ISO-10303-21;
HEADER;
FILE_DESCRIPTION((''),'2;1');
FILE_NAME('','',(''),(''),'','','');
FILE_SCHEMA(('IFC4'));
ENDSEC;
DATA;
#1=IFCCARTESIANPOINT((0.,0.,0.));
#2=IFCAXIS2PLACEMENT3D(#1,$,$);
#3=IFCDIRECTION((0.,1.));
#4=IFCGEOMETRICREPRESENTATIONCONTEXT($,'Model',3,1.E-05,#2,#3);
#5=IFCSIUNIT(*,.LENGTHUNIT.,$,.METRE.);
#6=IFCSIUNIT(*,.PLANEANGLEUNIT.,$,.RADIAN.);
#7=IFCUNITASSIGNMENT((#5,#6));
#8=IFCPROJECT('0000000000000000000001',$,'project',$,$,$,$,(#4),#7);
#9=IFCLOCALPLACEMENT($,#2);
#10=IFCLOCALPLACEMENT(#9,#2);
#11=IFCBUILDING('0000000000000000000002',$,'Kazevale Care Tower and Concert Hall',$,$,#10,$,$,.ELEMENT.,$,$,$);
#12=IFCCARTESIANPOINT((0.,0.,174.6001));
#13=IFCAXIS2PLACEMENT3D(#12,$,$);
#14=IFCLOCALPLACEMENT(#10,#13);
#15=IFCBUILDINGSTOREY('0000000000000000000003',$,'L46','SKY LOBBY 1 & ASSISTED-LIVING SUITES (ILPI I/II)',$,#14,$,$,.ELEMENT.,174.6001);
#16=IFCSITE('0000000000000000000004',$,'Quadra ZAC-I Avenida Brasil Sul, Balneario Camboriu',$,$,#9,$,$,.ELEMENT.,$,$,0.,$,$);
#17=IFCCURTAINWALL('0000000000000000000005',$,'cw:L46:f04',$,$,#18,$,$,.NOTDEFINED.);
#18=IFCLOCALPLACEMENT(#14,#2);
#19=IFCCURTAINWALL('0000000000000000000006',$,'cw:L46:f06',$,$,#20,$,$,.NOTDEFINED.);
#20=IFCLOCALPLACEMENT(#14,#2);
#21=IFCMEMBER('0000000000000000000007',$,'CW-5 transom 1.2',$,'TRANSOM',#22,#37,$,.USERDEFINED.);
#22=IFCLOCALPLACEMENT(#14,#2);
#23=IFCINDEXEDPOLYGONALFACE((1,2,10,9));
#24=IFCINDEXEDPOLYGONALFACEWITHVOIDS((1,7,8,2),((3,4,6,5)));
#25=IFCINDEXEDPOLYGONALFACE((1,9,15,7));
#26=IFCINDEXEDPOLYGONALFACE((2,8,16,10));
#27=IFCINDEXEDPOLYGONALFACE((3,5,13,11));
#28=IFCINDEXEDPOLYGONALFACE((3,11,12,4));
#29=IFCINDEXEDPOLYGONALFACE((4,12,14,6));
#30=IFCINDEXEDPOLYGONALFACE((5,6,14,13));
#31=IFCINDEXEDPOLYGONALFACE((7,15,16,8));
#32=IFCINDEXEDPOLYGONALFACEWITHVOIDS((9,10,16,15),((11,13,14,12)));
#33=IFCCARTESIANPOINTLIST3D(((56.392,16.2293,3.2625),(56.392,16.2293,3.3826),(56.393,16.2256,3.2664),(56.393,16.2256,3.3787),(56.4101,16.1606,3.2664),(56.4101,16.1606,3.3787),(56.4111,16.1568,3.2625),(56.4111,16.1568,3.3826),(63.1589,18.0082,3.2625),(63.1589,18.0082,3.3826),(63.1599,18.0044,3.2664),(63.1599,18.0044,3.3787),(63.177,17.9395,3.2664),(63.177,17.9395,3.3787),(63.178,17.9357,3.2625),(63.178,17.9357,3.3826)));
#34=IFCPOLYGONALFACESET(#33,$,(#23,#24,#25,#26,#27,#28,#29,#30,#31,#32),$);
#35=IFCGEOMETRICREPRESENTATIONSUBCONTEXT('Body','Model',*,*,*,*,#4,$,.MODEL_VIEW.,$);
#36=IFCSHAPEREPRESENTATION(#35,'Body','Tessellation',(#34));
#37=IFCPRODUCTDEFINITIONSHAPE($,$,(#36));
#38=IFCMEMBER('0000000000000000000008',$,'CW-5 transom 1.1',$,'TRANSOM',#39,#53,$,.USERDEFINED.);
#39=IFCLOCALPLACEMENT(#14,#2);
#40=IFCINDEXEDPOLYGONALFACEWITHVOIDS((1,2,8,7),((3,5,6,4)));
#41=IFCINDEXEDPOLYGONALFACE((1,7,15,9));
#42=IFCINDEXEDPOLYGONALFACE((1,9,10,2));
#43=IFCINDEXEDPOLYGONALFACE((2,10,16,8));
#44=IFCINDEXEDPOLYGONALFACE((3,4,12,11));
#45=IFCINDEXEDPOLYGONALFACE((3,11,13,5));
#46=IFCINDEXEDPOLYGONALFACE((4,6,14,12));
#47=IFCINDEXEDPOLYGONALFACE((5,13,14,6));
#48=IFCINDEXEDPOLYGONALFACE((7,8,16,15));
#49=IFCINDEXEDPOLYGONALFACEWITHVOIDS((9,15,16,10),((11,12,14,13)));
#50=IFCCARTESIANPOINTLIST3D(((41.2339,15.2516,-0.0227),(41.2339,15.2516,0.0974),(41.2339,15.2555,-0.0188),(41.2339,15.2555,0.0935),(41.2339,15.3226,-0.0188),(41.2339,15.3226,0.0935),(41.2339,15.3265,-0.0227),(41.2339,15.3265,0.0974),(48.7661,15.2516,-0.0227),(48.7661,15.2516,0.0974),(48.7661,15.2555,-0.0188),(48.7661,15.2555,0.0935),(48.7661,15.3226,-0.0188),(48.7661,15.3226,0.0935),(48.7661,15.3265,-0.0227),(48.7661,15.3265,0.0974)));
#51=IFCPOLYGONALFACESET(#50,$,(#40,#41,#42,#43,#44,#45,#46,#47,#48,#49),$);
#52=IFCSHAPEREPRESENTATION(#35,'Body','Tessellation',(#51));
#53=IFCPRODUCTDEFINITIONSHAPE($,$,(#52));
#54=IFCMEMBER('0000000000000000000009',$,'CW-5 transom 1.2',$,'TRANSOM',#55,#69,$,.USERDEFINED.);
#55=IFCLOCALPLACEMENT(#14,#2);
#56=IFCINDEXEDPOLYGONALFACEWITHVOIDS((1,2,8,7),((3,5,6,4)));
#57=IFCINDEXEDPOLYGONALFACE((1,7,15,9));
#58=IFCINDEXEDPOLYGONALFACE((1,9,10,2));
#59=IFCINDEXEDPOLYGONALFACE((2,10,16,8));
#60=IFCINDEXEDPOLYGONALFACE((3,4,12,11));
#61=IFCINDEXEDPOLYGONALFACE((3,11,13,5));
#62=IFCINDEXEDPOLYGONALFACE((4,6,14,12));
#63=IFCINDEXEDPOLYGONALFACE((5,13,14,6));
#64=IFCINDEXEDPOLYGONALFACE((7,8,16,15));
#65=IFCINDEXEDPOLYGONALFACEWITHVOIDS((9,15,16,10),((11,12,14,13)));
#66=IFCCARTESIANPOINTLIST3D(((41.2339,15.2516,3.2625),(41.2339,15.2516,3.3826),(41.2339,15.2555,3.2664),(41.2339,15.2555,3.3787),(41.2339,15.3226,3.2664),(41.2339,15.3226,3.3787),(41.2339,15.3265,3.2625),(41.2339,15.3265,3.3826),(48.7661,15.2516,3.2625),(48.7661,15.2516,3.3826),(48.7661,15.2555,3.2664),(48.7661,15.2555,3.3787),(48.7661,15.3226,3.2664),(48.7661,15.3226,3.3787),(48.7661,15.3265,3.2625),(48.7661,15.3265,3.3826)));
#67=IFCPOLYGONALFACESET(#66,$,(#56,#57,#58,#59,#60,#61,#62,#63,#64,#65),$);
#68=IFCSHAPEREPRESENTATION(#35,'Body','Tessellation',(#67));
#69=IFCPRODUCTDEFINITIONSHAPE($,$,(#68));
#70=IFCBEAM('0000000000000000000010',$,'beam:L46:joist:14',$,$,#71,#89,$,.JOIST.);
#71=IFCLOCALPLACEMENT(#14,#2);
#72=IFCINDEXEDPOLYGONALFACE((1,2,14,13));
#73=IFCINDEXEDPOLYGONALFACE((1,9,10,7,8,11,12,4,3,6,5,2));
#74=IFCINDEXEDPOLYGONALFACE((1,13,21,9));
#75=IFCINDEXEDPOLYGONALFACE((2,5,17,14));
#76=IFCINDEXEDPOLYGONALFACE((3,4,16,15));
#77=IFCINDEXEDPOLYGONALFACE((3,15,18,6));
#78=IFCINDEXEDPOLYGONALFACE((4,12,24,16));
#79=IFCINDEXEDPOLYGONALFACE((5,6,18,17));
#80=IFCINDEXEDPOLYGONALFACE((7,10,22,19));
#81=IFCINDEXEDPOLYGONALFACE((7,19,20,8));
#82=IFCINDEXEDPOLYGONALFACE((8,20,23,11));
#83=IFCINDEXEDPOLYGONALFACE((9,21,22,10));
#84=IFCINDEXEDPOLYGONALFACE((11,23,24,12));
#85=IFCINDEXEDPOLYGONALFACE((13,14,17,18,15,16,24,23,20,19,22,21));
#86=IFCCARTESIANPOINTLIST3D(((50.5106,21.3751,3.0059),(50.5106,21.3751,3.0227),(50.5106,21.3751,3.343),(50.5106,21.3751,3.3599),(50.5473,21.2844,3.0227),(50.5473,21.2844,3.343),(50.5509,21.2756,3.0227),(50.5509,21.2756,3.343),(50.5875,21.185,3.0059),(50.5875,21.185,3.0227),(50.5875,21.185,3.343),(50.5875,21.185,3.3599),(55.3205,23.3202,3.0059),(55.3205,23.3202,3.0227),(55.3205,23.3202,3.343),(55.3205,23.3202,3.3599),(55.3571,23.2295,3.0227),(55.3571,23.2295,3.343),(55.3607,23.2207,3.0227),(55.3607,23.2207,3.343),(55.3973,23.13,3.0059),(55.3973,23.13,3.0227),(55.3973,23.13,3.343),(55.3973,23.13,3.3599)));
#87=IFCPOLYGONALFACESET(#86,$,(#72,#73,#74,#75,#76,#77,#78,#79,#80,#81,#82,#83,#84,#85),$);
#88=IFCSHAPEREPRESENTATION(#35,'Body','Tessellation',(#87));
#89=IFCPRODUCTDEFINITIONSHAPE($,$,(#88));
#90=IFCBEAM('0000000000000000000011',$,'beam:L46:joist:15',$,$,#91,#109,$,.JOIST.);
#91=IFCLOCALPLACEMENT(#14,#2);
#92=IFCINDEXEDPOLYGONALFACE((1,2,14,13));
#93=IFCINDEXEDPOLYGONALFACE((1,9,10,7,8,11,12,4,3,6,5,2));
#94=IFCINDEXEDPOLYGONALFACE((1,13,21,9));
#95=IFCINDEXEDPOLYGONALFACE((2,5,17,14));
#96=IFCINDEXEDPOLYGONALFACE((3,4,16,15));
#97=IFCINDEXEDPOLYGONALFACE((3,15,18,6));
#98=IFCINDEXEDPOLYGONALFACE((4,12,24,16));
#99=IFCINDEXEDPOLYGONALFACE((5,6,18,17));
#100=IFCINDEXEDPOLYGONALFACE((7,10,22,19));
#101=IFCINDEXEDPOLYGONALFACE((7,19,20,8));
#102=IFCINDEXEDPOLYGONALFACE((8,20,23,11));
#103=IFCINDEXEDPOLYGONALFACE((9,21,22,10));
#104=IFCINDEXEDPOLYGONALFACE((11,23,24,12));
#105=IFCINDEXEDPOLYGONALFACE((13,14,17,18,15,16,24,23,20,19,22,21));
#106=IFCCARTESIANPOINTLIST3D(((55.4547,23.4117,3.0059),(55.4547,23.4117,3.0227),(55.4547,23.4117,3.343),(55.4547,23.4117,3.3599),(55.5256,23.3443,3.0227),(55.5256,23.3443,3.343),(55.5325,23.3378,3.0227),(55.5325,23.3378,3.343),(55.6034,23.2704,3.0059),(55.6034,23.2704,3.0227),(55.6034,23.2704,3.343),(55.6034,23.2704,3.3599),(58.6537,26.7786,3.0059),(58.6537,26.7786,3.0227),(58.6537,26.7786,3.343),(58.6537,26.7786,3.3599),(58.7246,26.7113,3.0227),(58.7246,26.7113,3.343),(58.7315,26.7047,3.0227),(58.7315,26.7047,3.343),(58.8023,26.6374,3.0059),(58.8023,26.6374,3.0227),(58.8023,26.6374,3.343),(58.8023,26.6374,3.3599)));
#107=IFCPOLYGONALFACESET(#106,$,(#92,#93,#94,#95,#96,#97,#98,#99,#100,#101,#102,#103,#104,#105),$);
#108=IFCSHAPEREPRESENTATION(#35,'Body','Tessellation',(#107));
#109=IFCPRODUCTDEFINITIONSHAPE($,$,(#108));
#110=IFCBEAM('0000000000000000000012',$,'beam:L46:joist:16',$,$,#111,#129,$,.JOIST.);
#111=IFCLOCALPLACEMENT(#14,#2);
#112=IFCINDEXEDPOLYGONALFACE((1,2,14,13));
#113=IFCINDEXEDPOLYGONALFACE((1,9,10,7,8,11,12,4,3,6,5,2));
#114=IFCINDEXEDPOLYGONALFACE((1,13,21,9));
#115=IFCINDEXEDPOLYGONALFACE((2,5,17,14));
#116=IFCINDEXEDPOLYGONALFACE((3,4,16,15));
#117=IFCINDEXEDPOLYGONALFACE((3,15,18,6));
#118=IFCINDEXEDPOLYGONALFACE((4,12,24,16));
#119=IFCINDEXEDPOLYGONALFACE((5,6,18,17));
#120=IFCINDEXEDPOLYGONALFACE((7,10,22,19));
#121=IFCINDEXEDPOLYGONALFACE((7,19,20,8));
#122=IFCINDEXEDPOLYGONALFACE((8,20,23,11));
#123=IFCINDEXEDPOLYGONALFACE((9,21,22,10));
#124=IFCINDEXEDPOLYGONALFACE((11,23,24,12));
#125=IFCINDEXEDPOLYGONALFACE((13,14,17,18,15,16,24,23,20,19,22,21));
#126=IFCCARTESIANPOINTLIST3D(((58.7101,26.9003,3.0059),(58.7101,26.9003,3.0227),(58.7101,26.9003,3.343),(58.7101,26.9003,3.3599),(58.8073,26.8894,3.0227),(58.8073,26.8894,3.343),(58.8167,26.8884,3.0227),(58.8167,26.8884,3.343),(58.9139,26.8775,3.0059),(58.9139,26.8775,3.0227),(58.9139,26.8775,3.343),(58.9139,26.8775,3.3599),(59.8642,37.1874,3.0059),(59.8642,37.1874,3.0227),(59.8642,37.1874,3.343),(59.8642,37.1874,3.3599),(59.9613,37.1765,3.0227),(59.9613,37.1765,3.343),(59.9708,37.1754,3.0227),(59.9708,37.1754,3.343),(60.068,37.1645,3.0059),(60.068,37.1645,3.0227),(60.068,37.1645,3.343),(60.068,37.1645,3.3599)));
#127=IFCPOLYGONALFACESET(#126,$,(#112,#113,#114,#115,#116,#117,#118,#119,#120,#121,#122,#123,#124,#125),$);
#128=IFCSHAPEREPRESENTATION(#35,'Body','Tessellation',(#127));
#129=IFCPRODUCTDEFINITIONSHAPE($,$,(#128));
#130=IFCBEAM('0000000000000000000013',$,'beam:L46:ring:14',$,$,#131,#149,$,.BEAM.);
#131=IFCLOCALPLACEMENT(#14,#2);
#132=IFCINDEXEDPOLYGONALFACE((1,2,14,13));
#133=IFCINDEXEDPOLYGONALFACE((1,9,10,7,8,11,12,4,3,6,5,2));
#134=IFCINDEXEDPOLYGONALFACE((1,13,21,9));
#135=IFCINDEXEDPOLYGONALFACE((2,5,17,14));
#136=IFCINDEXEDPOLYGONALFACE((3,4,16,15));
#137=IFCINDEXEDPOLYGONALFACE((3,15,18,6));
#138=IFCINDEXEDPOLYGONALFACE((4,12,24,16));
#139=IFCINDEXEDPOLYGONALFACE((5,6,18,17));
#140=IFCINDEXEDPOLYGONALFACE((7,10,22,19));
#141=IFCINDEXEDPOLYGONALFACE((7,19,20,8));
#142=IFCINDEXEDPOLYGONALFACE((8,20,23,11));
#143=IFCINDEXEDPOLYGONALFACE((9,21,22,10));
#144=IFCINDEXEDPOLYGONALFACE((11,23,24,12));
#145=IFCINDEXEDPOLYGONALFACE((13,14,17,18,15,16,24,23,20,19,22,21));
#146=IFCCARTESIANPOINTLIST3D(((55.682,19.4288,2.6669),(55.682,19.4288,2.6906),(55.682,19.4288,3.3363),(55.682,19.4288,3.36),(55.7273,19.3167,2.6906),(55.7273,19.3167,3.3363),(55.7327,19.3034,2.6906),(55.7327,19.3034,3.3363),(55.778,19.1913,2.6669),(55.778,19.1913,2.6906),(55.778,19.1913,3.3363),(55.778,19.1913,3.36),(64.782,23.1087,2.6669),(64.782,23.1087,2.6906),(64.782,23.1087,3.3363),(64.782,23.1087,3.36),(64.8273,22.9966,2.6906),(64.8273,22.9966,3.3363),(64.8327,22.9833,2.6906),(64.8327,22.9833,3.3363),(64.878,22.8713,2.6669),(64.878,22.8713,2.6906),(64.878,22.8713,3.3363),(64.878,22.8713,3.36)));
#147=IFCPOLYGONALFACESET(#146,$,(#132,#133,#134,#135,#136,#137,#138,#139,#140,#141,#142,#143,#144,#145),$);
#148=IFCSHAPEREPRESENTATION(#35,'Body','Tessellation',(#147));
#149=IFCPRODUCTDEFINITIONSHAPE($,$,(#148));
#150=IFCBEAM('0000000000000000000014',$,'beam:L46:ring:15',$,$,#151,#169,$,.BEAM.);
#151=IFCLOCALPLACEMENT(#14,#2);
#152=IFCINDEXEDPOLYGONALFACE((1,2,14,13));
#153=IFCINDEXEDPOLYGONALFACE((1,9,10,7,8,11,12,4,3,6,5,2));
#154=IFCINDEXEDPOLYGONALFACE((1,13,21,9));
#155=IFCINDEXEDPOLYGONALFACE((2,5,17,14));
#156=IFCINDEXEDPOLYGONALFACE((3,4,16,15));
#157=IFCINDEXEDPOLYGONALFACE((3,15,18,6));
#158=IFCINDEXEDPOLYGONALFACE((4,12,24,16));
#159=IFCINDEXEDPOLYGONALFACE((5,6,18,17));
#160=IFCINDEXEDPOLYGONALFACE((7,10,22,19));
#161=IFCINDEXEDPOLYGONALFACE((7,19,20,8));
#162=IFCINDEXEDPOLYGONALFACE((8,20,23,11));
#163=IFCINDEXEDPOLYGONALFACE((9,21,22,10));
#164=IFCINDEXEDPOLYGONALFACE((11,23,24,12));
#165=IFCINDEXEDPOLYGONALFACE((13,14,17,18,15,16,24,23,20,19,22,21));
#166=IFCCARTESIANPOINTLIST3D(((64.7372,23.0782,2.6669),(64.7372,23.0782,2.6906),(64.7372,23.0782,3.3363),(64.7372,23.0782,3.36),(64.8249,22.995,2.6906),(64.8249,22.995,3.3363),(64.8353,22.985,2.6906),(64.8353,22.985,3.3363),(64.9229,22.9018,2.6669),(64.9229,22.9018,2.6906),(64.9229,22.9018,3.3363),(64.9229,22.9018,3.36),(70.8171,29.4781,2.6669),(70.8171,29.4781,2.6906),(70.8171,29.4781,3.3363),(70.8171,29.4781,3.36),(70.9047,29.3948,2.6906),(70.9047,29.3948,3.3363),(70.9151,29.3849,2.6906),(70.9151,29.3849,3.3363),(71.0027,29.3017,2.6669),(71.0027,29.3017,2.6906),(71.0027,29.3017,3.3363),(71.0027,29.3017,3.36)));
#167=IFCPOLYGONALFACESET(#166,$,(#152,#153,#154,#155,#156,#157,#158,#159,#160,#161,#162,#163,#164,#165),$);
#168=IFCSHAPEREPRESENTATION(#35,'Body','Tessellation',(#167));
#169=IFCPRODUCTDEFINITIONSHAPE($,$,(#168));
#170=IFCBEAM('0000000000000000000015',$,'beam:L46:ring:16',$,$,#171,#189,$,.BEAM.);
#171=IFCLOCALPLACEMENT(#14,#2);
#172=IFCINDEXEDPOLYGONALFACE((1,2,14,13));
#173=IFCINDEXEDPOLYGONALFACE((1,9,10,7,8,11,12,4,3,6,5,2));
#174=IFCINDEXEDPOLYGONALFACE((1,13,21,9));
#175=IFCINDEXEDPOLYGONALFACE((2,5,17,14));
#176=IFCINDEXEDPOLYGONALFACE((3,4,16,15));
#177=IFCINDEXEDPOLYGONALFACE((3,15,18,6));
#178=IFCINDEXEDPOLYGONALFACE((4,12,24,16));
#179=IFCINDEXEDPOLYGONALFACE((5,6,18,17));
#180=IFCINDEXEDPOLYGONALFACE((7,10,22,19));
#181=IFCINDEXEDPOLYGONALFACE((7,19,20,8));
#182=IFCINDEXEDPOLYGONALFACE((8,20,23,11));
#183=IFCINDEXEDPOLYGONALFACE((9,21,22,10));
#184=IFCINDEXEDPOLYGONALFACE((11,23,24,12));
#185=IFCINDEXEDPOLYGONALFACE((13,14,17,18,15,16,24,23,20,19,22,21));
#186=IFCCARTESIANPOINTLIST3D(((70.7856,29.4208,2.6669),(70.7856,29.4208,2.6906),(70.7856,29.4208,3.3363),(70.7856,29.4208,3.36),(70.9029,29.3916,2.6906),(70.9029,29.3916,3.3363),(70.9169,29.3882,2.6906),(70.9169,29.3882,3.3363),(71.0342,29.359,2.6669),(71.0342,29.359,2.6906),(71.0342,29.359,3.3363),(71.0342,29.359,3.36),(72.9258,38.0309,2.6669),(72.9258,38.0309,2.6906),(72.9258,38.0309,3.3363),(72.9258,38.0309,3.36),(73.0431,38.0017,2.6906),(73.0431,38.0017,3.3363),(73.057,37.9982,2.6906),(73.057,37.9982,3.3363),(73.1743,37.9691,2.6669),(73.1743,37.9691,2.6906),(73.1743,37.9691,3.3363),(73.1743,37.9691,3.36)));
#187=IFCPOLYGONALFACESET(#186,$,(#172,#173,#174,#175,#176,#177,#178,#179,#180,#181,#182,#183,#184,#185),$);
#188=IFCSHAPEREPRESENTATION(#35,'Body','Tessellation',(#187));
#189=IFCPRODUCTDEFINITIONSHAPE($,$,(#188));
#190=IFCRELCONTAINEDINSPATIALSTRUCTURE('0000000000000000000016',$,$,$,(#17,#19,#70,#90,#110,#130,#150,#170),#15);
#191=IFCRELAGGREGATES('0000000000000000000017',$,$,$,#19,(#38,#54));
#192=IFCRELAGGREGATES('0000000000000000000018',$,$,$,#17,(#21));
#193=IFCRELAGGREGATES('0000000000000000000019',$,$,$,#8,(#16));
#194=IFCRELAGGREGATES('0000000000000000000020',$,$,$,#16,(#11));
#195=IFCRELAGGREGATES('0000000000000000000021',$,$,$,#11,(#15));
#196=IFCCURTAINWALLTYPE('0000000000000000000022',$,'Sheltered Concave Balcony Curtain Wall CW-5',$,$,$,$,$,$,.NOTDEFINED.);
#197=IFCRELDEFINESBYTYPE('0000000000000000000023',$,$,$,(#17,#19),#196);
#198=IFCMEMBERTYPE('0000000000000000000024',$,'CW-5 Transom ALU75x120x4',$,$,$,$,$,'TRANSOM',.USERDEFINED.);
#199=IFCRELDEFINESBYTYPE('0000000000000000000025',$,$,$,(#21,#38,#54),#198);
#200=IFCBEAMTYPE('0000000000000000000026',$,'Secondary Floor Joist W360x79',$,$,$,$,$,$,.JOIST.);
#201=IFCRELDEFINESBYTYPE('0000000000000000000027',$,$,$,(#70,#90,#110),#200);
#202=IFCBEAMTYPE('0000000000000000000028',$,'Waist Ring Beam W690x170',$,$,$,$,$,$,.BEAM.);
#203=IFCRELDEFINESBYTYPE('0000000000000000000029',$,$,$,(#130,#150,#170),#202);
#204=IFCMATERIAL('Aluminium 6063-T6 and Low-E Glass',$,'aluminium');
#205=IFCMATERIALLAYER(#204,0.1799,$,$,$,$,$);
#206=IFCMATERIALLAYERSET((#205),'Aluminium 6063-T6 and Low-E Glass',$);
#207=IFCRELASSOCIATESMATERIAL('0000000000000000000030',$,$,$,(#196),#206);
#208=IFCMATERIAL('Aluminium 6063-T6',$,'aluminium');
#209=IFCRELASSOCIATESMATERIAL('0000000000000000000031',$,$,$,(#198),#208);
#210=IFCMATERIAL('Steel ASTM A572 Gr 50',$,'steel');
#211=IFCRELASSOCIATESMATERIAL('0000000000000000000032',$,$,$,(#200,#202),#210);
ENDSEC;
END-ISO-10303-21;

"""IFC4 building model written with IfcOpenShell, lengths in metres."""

from ifc_helpers import new_model, si_unit, direction, frame, origin, origin_2d, place, context, subcontext, project, spatial, hollow_rectangle, i_section, extrude, material, layer, layer_set, material_profile, profile_set, type_object, element, aggregate, save


model = new_model("IFC4")

# Units and contexts
model_context = context("Model", 3, precision=1e-05, world=origin(), true_north=direction((0.0, 1.0)))
body_context = subcontext(model_context, "Body", "Model", "MODEL_VIEW")
ifc_project = project(units=[si_unit("LENGTHUNIT", "METRE"), si_unit("PLANEANGLEUNIT", "RADIAN")], contexts=[model_context])

# Site, building, storey
site_placement = place(None, origin())
site = spatial("IfcSite", under=ifc_project, at=site_placement, Name="Quadra ZAC-I Avenida Brasil Sul, Balneario Camboriu", CompositionType="ELEMENT", RefElevation=0.0)
building_placement = place(site_placement, origin())
building = spatial("IfcBuilding", under=site, at=building_placement, Name="Kazevale Care Tower and Concert Hall", CompositionType="ELEMENT")
storey_placement = place(building_placement, frame((0.0, 0.0, 174.6001)))
storey = spatial("IfcBuildingStorey", under=building, at=storey_placement, Name="L46", Description="SKY LOBBY 1 & ASSISTED-LIVING SUITES (ILPI I/II)", CompositionType="ELEMENT", Elevation=174.6001)

# Shared definitions
ifc_material_1 = material(Name="Aluminium 6063-T6 and Low-E Glass", Category="aluminium")
ifc_material_2 = material(Name="Aluminium 6063-T6", Category="aluminium")

# Curtain wall
ifc_layer_1 = layer(ifc_material_1, 0.1799)
ifc_layer_set_1 = layer_set([ifc_layer_1], Name="Aluminium 6063-T6 and Low-E Glass")
curtain_wall_type_1 = type_object("IfcCurtainWallType", Name="Sheltered Concave Balcony Curtain Wall CW-5", PredefinedType="NOTDEFINED", material=ifc_layer_set_1)
curtain_wall_1_placement = place(storey_placement, origin())
curtain_wall_1 = element("IfcCurtainWall", 1, at=curtain_wall_1_placement, inside=storey, type_object=curtain_wall_type_1, Name="cw:L46:f04", PredefinedType="NOTDEFINED")

# Curtain wall
curtain_wall_2_placement = place(storey_placement, origin())
curtain_wall_2 = element("IfcCurtainWall", 2, at=curtain_wall_2_placement, inside=storey, type_object=curtain_wall_type_1, Name="cw:L46:f06", PredefinedType="NOTDEFINED")

# Members
ifc_material_profile_1 = material_profile(ifc_material_2, hollow_rectangle(XDim=0.075, YDim=0.1201, WallThickness=0.0039, at=origin_2d()), Name="ALU75x120x4")
ifc_profile_set_1 = profile_set([ifc_material_profile_1], Name="Aluminium 6063-T6")
member_type_1 = type_object("IfcMemberType", Name="CW-5 Transom ALU75x120x4", ElementType="TRANSOM", PredefinedType="USERDEFINED", material=ifc_profile_set_1)
member_1_placement = place(storey_placement, frame((63.1685, 17.9719, 3.3225), z_axis=(-0.967143, -0.254234, 0.0), x_axis=(0.254234, -0.967143, 0.0)))
member_1 = element("IfcMember", 3, at=member_1_placement, type_object=member_type_1, Name="CW-5 transom 1.2", ObjectType="TRANSOM", PredefinedType="USERDEFINED", context=body_context, shape_type="SweptSolid", body=[
    extrude(hollow_rectangle(XDim=0.075, YDim=0.1201, WallThickness=0.0039, at=origin_2d()), origin(), (0.0, 0.0, 1.0), 6.9968),
])
member_2_placement = place(storey_placement, frame((48.7661, 15.2891, 0.0374), z_axis=(-1.0, 0.0, 0.0), x_axis=(0.0, -1.0, 0.0)))
member_2 = element("IfcMember", 4, at=member_2_placement, type_object=member_type_1, Name="CW-5 transom 1.1", ObjectType="TRANSOM", PredefinedType="USERDEFINED", context=body_context, shape_type="SweptSolid", body=[
    extrude(hollow_rectangle(XDim=0.075, YDim=0.1201, WallThickness=0.0039, at=origin_2d()), origin(), (0.0, 0.0, 1.0), 7.5322),
])
member_3_placement = place(storey_placement, frame((48.7661, 15.2891, 3.3225), z_axis=(-1.0, 0.0, 0.0), x_axis=(0.0, -1.0, 0.0)))
member_3 = element("IfcMember", 5, at=member_3_placement, type_object=member_type_1, Name="CW-5 transom 1.2", ObjectType="TRANSOM", PredefinedType="USERDEFINED", context=body_context, shape_type="SweptSolid", body=[
    extrude(hollow_rectangle(XDim=0.075, YDim=0.1201, WallThickness=0.0039, at=origin_2d()), origin(), (0.0, 0.0, 1.0), 7.5322),
])
aggregate(curtain_wall_2, [member_2, member_3])

# Beams
ifc_material_3 = material(Name="Steel ASTM A572 Gr 50", Category="steel")
ifc_material_profile_2 = material_profile(ifc_material_3, i_section(OverallWidth=0.2051, OverallDepth=0.354, WebThickness=0.0095, FlangeThickness=0.0168, at=origin_2d()), Name="W360x79")
ifc_profile_set_2 = profile_set([ifc_material_profile_2], Name="Steel ASTM A572 Gr 50")
beam_type_1 = type_object("IfcBeamType", Name="Secondary Floor Joist W360x79", PredefinedType="JOIST", material=ifc_profile_set_2)
beam_1_placement = place(storey_placement, frame((50.5491, 21.28, 3.1829), z_axis=(0.927065, 0.374901, 0.0), x_axis=(-0.374901, 0.927065, 0.0)))
element("IfcBeam", 6, at=beam_1_placement, inside=storey, type_object=beam_type_1, Name="beam:L46:joist:14", PredefinedType="JOIST", context=body_context, shape_type="SweptSolid", body=[
    extrude(i_section(OverallWidth=0.2051, OverallDepth=0.354, WebThickness=0.0095, FlangeThickness=0.0168, at=origin_2d()), origin(), (0.0, 0.0, 1.0), 5.1882),
])
beam_2_placement = place(storey_placement, frame((55.5291, 23.3411, 3.1829), z_axis=(0.688792, 0.724959, 0.0), x_axis=(-0.724959, 0.688792, 0.0)))
element("IfcBeam", 7, at=beam_2_placement, inside=storey, type_object=beam_type_1, Name="beam:L46:joist:15", PredefinedType="JOIST", context=body_context, shape_type="SweptSolid", body=[
    extrude(i_section(OverallWidth=0.2051, OverallDepth=0.354, WebThickness=0.0095, FlangeThickness=0.0168, at=origin_2d()), origin(), (0.0, 0.0, 1.0), 4.6443),
])
beam_3_placement = place(storey_placement, frame((58.812, 26.8889, 3.1829), z_axis=(0.111485, 0.993766, 0.0), x_axis=(-0.993766, 0.111485, 0.0)))
element("IfcBeam", 8, at=beam_3_placement, inside=storey, type_object=beam_type_1, Name="beam:L46:joist:16", PredefinedType="JOIST", context=body_context, shape_type="SweptSolid", body=[
    extrude(i_section(OverallWidth=0.2051, OverallDepth=0.354, WebThickness=0.0095, FlangeThickness=0.0168, at=origin_2d()), origin(), (0.0, 0.0, 1.0), 10.3516),
])
ifc_material_profile_3 = material_profile(ifc_material_3, i_section(OverallWidth=0.2561, OverallDepth=0.6931, WebThickness=0.0144, FlangeThickness=0.0237, at=origin_2d()), Name="W690x170")
ifc_profile_set_3 = profile_set([ifc_material_profile_3], Name="Steel ASTM A572 Gr 50")
beam_type_2 = type_object("IfcBeamType", Name="Waist Ring Beam W690x170", PredefinedType="BEAM", material=ifc_profile_set_3)
beam_4_placement = place(storey_placement, frame((55.73, 19.3101, 3.0134), z_axis=(0.927069, 0.374892, 0.0), x_axis=(-0.374892, 0.927069, 0.0)))
element("IfcBeam", 9, at=beam_4_placement, inside=storey, type_object=beam_type_2, Name="beam:L46:ring:14", PredefinedType="BEAM", context=body_context, shape_type="SweptSolid", body=[
    extrude(i_section(OverallWidth=0.2561, OverallDepth=0.6931, WebThickness=0.0144, FlangeThickness=0.0237, at=origin_2d()), origin(), (0.0, 0.0, 1.0), 9.8159),
])
beam_5_placement = place(storey_placement, frame((64.8301, 22.99, 3.0134), z_axis=(0.688745, 0.725004, 0.0), x_axis=(-0.725004, 0.688745, 0.0)))
element("IfcBeam", 10, at=beam_5_placement, inside=storey, type_object=beam_type_2, Name="beam:L46:ring:15", PredefinedType="BEAM", context=body_context, shape_type="SweptSolid", body=[
    extrude(i_section(OverallWidth=0.2561, OverallDepth=0.6931, WebThickness=0.0144, FlangeThickness=0.0237, at=origin_2d()), origin(), (0.0, 0.0, 1.0), 8.8274),
])
beam_6_placement = place(storey_placement, frame((70.9099, 29.3899, 3.0134), z_axis=(0.241221, 0.97047, 0.0), x_axis=(-0.97047, 0.241221, 0.0)))
element("IfcBeam", 11, at=beam_6_placement, inside=storey, type_object=beam_type_2, Name="beam:L46:ring:16", PredefinedType="BEAM", context=body_context, shape_type="SweptSolid", body=[
    extrude(i_section(OverallWidth=0.2561, OverallDepth=0.6931, WebThickness=0.0144, FlangeThickness=0.0237, at=origin_2d()), origin(), (0.0, 0.0, 1.0), 8.8721),
])

aggregate(curtain_wall_1, [member_1])

save(model, "model.ifc")
